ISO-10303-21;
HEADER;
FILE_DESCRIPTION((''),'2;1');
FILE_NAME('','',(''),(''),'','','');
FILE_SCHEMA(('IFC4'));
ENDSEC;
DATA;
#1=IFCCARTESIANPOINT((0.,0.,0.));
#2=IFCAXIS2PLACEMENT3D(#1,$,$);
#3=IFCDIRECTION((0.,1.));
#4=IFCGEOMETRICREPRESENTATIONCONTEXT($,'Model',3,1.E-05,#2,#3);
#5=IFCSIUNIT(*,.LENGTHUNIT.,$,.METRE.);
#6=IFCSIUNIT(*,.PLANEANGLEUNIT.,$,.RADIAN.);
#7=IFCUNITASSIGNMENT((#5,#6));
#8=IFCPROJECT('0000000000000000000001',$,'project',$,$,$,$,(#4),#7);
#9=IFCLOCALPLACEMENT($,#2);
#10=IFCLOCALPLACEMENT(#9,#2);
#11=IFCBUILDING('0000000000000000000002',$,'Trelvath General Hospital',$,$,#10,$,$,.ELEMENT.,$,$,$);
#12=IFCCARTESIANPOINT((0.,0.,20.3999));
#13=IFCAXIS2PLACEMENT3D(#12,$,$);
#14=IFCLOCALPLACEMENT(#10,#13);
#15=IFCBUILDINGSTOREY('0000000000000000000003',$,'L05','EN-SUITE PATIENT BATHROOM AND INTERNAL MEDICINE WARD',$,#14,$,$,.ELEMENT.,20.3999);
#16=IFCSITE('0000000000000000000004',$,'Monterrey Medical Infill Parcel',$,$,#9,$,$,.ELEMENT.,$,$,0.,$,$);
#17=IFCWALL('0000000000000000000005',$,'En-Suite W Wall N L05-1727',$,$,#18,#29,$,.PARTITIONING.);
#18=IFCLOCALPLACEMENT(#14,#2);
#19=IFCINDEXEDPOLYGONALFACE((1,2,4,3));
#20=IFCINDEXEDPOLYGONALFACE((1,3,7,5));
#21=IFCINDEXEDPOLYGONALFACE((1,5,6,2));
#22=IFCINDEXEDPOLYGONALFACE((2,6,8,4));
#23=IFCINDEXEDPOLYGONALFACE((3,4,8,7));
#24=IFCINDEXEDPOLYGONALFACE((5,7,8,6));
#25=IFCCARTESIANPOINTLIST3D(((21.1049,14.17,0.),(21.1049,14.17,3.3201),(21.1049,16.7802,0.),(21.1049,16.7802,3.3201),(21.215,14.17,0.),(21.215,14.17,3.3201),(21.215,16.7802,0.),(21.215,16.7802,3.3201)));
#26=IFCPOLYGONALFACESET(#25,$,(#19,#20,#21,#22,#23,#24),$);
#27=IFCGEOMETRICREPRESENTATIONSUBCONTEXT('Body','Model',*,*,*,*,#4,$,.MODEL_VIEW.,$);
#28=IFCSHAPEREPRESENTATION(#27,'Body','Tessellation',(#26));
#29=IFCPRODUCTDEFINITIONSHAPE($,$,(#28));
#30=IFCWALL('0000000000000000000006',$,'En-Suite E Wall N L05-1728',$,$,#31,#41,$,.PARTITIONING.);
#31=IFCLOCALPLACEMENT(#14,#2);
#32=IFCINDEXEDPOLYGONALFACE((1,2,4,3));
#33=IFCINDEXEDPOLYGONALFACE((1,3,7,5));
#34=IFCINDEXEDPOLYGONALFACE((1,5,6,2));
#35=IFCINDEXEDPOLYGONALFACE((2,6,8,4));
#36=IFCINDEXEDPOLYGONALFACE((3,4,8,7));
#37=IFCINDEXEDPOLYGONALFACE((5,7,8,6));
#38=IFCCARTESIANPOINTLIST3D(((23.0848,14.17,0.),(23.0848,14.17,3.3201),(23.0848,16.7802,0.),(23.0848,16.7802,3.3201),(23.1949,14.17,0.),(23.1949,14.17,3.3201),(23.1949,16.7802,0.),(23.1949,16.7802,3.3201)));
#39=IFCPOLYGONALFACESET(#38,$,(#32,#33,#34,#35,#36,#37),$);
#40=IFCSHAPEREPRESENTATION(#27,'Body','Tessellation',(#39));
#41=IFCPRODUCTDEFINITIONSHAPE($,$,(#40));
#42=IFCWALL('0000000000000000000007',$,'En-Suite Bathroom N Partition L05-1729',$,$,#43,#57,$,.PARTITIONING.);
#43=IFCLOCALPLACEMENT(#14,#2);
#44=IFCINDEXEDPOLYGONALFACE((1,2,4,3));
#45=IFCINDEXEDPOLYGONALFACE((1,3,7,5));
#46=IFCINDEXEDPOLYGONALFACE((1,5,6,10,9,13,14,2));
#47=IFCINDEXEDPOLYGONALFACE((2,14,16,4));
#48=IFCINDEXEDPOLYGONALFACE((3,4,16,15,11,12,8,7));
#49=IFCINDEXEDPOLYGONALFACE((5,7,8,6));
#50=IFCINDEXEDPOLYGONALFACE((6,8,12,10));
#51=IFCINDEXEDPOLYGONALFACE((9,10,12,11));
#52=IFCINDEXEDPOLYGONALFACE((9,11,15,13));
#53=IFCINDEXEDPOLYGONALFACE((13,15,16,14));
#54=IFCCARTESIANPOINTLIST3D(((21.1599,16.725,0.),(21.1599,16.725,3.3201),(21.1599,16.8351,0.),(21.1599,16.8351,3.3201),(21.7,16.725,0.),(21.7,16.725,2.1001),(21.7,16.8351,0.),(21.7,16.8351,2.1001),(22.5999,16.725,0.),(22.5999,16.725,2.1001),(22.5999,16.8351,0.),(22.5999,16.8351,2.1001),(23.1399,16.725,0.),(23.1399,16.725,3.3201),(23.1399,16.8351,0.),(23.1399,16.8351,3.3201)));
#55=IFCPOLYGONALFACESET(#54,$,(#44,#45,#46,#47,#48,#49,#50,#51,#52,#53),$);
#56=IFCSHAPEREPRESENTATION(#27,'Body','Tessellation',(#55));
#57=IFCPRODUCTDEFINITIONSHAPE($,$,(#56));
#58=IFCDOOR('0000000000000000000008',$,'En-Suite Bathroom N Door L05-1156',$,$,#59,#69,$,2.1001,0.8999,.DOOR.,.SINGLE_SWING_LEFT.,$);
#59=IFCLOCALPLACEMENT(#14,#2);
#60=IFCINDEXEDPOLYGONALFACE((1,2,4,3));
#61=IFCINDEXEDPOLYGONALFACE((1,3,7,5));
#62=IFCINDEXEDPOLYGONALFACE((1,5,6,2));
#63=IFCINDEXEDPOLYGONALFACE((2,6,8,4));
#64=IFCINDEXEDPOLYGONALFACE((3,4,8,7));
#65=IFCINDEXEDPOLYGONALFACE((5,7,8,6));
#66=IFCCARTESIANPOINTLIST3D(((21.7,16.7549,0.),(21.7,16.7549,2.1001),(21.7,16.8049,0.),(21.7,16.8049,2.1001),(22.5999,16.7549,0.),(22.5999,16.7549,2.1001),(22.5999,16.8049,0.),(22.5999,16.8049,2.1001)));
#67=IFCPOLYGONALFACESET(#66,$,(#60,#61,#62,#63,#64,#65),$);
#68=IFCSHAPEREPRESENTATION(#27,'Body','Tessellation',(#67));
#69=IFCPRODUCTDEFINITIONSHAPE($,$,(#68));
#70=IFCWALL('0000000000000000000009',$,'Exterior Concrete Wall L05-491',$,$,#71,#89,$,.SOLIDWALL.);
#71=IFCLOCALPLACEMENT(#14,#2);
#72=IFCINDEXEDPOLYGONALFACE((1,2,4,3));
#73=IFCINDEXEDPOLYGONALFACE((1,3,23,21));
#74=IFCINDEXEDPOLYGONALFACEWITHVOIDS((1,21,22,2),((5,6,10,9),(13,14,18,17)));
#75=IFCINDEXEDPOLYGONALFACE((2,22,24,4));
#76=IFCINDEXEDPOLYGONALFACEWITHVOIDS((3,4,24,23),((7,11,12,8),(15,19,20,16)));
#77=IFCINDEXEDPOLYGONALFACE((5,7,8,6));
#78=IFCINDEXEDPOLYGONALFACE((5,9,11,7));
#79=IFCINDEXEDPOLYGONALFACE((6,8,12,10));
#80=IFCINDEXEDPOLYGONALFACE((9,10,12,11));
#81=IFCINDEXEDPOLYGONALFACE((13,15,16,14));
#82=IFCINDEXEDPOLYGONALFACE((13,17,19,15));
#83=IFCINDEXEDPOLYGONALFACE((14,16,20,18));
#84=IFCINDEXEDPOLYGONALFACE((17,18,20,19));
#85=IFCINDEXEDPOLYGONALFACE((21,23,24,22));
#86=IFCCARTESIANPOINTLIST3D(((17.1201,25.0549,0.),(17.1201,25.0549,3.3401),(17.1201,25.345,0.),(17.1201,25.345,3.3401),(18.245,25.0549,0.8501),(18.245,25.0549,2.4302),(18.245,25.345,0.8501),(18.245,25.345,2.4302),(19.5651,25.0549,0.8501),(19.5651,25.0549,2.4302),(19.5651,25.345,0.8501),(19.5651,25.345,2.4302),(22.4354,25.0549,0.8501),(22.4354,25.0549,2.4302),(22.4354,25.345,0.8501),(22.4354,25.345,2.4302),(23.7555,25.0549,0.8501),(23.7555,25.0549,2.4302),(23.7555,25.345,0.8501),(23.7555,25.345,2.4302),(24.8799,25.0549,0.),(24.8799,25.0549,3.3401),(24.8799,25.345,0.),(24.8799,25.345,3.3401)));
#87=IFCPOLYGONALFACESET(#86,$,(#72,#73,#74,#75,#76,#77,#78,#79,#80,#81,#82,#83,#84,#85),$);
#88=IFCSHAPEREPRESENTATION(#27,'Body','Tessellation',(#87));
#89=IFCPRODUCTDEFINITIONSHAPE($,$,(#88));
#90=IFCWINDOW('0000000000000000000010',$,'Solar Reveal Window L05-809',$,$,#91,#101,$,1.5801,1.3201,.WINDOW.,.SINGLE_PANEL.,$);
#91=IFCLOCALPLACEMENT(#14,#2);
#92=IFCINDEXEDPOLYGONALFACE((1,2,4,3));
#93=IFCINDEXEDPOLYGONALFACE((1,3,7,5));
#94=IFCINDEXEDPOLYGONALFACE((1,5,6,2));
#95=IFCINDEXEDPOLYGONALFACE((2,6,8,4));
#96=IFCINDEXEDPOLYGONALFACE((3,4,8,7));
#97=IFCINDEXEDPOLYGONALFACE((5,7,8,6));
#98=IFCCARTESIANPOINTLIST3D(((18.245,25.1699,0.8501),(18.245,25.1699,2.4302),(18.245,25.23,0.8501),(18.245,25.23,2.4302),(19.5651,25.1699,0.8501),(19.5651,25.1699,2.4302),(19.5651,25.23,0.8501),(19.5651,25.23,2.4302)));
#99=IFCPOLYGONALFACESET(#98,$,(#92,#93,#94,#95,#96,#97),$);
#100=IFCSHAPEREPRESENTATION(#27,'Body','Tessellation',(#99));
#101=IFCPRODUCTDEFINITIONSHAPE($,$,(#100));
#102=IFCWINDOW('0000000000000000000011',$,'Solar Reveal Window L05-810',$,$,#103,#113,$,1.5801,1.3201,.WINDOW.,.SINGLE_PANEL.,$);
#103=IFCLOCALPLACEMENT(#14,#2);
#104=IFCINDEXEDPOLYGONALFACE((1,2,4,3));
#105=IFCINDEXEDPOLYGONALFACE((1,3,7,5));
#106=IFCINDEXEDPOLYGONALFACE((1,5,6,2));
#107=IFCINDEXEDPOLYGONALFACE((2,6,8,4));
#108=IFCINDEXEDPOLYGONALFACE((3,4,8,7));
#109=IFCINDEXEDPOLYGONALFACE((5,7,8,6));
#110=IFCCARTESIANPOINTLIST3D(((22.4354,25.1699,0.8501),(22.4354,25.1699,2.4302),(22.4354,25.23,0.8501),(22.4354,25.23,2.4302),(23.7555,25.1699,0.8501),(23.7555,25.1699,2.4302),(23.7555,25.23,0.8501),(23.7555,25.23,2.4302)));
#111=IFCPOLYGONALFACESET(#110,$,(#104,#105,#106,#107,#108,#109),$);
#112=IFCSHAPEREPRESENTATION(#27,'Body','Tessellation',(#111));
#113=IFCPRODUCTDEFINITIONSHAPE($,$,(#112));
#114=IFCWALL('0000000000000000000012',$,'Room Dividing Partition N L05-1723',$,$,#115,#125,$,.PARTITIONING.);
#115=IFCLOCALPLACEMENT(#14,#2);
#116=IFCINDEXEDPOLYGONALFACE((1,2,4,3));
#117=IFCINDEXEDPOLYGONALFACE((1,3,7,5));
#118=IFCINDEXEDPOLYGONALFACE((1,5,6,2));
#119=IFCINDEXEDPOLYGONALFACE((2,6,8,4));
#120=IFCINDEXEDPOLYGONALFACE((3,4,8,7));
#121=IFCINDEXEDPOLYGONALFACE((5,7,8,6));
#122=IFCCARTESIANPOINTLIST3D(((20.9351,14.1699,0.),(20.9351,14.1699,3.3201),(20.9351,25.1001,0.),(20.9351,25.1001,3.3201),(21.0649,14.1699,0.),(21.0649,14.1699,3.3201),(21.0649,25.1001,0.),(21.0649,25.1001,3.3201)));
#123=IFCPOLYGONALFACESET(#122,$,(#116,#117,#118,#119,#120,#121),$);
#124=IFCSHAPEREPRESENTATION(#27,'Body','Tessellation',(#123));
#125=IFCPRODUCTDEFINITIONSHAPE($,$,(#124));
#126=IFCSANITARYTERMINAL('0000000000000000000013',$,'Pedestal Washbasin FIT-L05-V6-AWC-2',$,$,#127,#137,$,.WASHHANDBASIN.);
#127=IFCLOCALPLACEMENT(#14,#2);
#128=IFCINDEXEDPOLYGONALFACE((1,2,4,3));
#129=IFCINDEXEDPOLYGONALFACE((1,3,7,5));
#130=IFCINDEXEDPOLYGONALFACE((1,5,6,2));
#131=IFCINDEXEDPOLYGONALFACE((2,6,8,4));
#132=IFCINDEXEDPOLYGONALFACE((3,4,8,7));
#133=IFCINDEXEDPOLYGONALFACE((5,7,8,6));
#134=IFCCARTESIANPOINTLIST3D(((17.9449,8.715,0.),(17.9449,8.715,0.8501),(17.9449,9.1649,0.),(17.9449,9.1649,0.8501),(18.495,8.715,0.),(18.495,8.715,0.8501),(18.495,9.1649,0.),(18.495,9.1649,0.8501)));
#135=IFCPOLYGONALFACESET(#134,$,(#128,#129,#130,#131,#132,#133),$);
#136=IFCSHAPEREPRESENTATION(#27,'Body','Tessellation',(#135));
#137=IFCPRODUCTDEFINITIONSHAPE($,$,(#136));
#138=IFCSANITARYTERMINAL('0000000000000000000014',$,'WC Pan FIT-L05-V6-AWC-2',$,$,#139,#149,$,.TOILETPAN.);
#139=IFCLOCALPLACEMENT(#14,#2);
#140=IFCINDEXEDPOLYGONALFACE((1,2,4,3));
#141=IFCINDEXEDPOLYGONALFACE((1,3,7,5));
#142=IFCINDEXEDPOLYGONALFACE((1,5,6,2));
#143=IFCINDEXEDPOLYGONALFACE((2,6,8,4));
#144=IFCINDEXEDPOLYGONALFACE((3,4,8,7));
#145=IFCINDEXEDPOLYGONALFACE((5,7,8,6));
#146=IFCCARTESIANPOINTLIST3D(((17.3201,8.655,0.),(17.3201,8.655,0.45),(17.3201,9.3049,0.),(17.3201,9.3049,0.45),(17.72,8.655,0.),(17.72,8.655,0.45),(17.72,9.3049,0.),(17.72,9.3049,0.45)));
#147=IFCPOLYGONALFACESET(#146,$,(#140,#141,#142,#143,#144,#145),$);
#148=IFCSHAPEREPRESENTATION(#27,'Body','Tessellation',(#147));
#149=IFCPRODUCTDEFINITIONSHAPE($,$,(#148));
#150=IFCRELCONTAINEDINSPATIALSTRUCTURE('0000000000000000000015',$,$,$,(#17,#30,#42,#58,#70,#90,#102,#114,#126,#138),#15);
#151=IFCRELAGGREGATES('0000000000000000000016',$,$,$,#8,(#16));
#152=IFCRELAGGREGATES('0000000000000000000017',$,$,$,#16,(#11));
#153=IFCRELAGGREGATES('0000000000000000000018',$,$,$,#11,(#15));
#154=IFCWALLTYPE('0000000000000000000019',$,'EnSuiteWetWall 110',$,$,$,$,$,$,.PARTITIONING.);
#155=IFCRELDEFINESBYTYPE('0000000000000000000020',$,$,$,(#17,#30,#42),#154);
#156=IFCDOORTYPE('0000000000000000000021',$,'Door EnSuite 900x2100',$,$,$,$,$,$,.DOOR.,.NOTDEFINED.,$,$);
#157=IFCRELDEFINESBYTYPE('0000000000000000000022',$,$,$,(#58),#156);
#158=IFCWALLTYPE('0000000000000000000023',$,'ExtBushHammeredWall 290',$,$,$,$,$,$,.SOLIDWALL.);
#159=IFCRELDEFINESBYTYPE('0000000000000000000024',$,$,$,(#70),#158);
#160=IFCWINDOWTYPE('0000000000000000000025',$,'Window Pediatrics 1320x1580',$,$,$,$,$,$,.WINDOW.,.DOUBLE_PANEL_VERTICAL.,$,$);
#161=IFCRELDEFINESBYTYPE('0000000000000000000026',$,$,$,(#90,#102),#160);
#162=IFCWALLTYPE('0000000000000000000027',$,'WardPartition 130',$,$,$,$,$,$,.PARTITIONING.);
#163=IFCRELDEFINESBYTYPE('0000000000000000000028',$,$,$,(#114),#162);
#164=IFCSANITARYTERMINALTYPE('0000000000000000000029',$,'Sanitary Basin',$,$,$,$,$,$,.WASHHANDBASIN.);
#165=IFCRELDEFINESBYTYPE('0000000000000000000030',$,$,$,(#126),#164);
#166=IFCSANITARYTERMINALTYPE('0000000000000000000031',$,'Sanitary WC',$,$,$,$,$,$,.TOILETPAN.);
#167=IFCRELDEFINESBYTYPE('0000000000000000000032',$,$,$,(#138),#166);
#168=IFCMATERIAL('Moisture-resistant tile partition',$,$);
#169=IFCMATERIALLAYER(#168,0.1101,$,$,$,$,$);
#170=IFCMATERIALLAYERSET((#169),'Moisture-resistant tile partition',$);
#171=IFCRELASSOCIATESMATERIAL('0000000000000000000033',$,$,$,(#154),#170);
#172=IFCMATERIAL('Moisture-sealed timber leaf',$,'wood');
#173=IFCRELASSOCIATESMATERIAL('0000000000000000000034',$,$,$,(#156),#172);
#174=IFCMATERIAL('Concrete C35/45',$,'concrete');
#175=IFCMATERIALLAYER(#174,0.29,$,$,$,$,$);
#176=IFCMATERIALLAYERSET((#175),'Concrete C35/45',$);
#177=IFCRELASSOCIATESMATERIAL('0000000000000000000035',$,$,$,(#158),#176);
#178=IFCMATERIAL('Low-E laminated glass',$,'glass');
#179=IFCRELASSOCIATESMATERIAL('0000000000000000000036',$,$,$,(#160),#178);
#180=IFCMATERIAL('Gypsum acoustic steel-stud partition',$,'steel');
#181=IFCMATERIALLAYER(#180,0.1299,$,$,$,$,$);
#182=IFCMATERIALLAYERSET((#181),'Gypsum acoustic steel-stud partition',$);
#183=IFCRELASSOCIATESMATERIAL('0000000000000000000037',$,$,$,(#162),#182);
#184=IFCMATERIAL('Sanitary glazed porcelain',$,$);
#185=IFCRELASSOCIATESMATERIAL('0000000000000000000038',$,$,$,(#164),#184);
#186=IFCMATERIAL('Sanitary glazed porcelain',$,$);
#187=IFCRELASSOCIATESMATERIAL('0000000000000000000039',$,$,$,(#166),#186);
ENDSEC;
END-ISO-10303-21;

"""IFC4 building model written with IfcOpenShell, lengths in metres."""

from ifc_helpers import new_model, si_unit, direction, frame, frame_2d, origin, origin_2d, place, context, subcontext, project, spatial, rectangle, extrude, material, layer, layer_set, type_object, element, fill, save


model = new_model("IFC4")

# Units and contexts
model_context = context("Model", 3, precision=1e-05, world=origin(), true_north=direction((0.0, 1.0)))
body_context = subcontext(model_context, "Body", "Model", "MODEL_VIEW")
ifc_project = project(units=[si_unit("LENGTHUNIT", "METRE"), si_unit("PLANEANGLEUNIT", "RADIAN")], contexts=[model_context])

# Site, building, storey
site_placement = place(None, origin())
site = spatial("IfcSite", under=ifc_project, at=site_placement, Name="Monterrey Medical Infill Parcel", CompositionType="ELEMENT", RefElevation=0.0)
building_placement = place(site_placement, origin())
building = spatial("IfcBuilding", under=site, at=building_placement, Name="Trelvath General Hospital", CompositionType="ELEMENT")
storey_placement = place(building_placement, frame((0.0, 0.0, 20.3999)))
storey = spatial("IfcBuildingStorey", under=building, at=storey_placement, Name="L05", Description="EN-SUITE PATIENT BATHROOM AND INTERNAL MEDICINE WARD", CompositionType="ELEMENT", Elevation=20.3999)

# Shared definitions
ifc_material_1 = material(Name="Moisture-resistant tile partition")
ifc_layer_1 = layer(ifc_material_1, 0.1101)
ifc_layer_set_1 = layer_set([ifc_layer_1], Name="Moisture-resistant tile partition")
wall_type_1 = type_object("IfcWallType", Name="EnSuiteWetWall 110", PredefinedType="PARTITIONING", material=ifc_layer_set_1)

# Shared definitions
ifc_material_2 = material(Name="Moisture-sealed timber leaf", Category="wood")
door_type_1 = type_object("IfcDoorType", Name="Door EnSuite 900x2100", OperationType="NOTDEFINED", PredefinedType="DOOR", material=ifc_material_2)

# Walls
for number, where, z_axis, x_axis, name in (
    (1, (21.1599, 14.1699, 0.0), (0.0, 0.0, 1.0), (0.0, 1.0, 0.0), "En-Suite W Wall N L05-1727"),
    (2, (23.1399, 14.1699, 0.0), (0.0, 0.0, 1.0), (0.0, 1.0, 0.0), "En-Suite E Wall N L05-1728"),
):
    element("IfcWall", number, at=place(storey_placement, frame(where, z_axis=z_axis, x_axis=x_axis)), inside=storey, type_object=wall_type_1, Name=name, PredefinedType="PARTITIONING", context=body_context, shape_type="SweptSolid", body=[
        extrude(rectangle(XDim=2.6101, YDim=0.1101, at=frame_2d((1.3052, 0.0))), origin(), (0.0, 0.0, 1.0), 3.3201),
    ])

# Wall, opening, door
wall_1_placement = place(storey_placement, frame((21.1599, 16.78, 0.0), z_axis=(0.0, 0.0, 1.0), x_axis=(1.0, 0.0, 0.0)))
wall_1 = element("IfcWall", 3, at=wall_1_placement, inside=storey, type_object=wall_type_1, Name="En-Suite Bathroom N Partition L05-1729", PredefinedType="PARTITIONING", context=body_context, shape_type="SweptSolid", body=[
    extrude(rectangle(XDim=1.98, YDim=0.1101, at=frame_2d((0.99, 0.0))), origin(), (0.0, 0.0, 1.0), 3.3201),
])
opening_1_placement = place(wall_1_placement, frame((0.54, 0.0, 0.0)))
opening_1 = element("IfcOpeningElement", 4, at=opening_1_placement, cuts=wall_1, PredefinedType="OPENING", context=body_context, shape_type="SweptSolid", body=[
    extrude(rectangle(XDim=0.8999, YDim=2.1001, at=frame_2d((0.45, 1.05))), frame((0.0, 0.0649, 0.0), z_axis=(0.0, -1.0, 0.0), x_axis=(1.0, 0.0, 0.0)), (0.0, 0.0, 1.0), 0.1301),
])
door_1_placement = place(opening_1_placement, origin())
door_1 = element("IfcDoor", 5, at=door_1_placement, inside=storey, type_object=door_type_1, Name="En-Suite Bathroom N Door L05-1156", OperationType="SINGLE_SWING_LEFT", OverallHeight=2.1001, OverallWidth=0.8999, PredefinedType="DOOR", context=body_context, shape_type="SweptSolid", body=[
    extrude(rectangle(XDim=0.8999, YDim=2.1001, at=frame_2d((0.45, 1.05))), frame((0.0, 0.0249, 0.0), z_axis=(0.0, -1.0, 0.0), x_axis=(1.0, 0.0, 0.0)), (0.0, 0.0, 1.0), 0.05),
])
fill(opening_1, door_1)

# Wall, openings, windows
ifc_material_3 = material(Name="Concrete C35/45", Category="concrete")
ifc_layer_2 = layer(ifc_material_3, 0.29)
ifc_layer_set_2 = layer_set([ifc_layer_2], Name="Concrete C35/45")
wall_type_2 = type_object("IfcWallType", Name="ExtBushHammeredWall 290", PredefinedType="SOLIDWALL", material=ifc_layer_set_2)
wall_2_placement = place(storey_placement, frame((17.1201, 25.2, 0.0), z_axis=(0.0, 0.0, 1.0), x_axis=(1.0, 0.0, 0.0)))
wall_2 = element("IfcWall", 6, at=wall_2_placement, inside=storey, type_object=wall_type_2, Name="Exterior Concrete Wall L05-491", PredefinedType="SOLIDWALL", context=body_context, shape_type="SweptSolid", body=[
    extrude(rectangle(XDim=7.7598, YDim=0.29, at=frame_2d((3.8799, 0.0))), origin(), (0.0, 0.0, 1.0), 3.3401),
])
opening_2_placement = place(wall_2_placement, frame((1.1248, 0.0, 0.8501)))
opening_2 = element("IfcOpeningElement", 7, at=opening_2_placement, cuts=wall_2, PredefinedType="OPENING", context=body_context, shape_type="SweptSolid", body=[
    extrude(rectangle(XDim=1.3201, YDim=1.5801, at=frame_2d((0.6602, 0.79))), frame((0.0, 0.155, 0.0), z_axis=(0.0, -1.0, 0.0), x_axis=(1.0, 0.0, 0.0)), (0.0, 0.0, 1.0), 0.3101),
])
opening_3_placement = place(wall_2_placement, frame((5.3152, 0.0, 0.8501)))
opening_3 = element("IfcOpeningElement", 8, at=opening_3_placement, cuts=wall_2, PredefinedType="OPENING", context=body_context, shape_type="SweptSolid", body=[
    extrude(rectangle(XDim=1.3201, YDim=1.5801, at=frame_2d((0.6602, 0.79))), frame((0.0, 0.155, 0.0), z_axis=(0.0, -1.0, 0.0), x_axis=(1.0, 0.0, 0.0)), (0.0, 0.0, 1.0), 0.3101),
])
ifc_material_4 = material(Name="Low-E laminated glass", Category="glass")
window_type = type_object("IfcWindowType", Name="Window Pediatrics 1320x1580", PartitioningType="DOUBLE_PANEL_VERTICAL", PredefinedType="WINDOW", material=ifc_material_4)
window_1_placement = place(opening_2_placement, origin())
window_1 = element("IfcWindow", 9, at=window_1_placement, inside=storey, type_object=window_type, Name="Solar Reveal Window L05-809", OverallHeight=1.5801, OverallWidth=1.3201, PartitioningType="SINGLE_PANEL", PredefinedType="WINDOW", context=body_context, shape_type="SweptSolid", body=[
    extrude(rectangle(XDim=1.3201, YDim=1.5801, at=frame_2d((0.6602, 0.79))), frame((0.0, 0.03, 0.0), z_axis=(0.0, -1.0, 0.0), x_axis=(1.0, 0.0, 0.0)), (0.0, 0.0, 1.0), 0.0601),
])
fill(opening_2, window_1)
window_2_placement = place(opening_3_placement, origin())
window_2 = element("IfcWindow", 10, at=window_2_placement, inside=storey, type_object=window_type, Name="Solar Reveal Window L05-810", OverallHeight=1.5801, OverallWidth=1.3201, PartitioningType="SINGLE_PANEL", PredefinedType="WINDOW", context=body_context, shape_type="SweptSolid", body=[
    extrude(rectangle(XDim=1.3201, YDim=1.5801, at=frame_2d((0.6602, 0.79))), frame((0.0, 0.03, 0.0), z_axis=(0.0, -1.0, 0.0), x_axis=(1.0, 0.0, 0.0)), (0.0, 0.0, 1.0), 0.0601),
])
fill(opening_3, window_2)

# Wall
ifc_material_5 = material(Name="Gypsum acoustic steel-stud partition", Category="steel")
ifc_layer_3 = layer(ifc_material_5, 0.1299)
ifc_layer_set_3 = layer_set([ifc_layer_3], Name="Gypsum acoustic steel-stud partition")
wall_type_3 = type_object("IfcWallType", Name="WardPartition 130", PredefinedType="PARTITIONING", material=ifc_layer_set_3)
wall_3_placement = place(storey_placement, frame((21.0, 14.1699, 0.0), z_axis=(0.0, 0.0, 1.0), x_axis=(0.0, 1.0, 0.0)))
element("IfcWall", 11, at=wall_3_placement, inside=storey, type_object=wall_type_3, Name="Room Dividing Partition N L05-1723", PredefinedType="PARTITIONING", context=body_context, shape_type="SweptSolid", body=[
    extrude(rectangle(XDim=10.9302, YDim=0.1299, at=frame_2d((5.4651, 0.0))), origin(), (0.0, 0.0, 1.0), 3.3201),
])

# Sanitary terminals
ifc_material_6 = material(Name="Sanitary glazed porcelain")
sanitary_terminal_type_1 = type_object("IfcSanitaryTerminalType", Name="Sanitary Basin", PredefinedType="WASHHANDBASIN", material=ifc_material_6)
sanitary_terminal_1_placement = place(storey_placement, frame((18.22, 8.9399, 0.0), z_axis=(0.0, 0.0, 1.0), x_axis=(1.0, 0.0, 0.0)))
element("IfcSanitaryTerminal", 12, at=sanitary_terminal_1_placement, inside=storey, type_object=sanitary_terminal_type_1, Name="Pedestal Washbasin FIT-L05-V6-AWC-2", PredefinedType="WASHHANDBASIN", context=body_context, shape_type="SweptSolid", body=[
    extrude(rectangle(XDim=0.55, YDim=0.45, at=origin_2d()), origin(), (0.0, 0.0, 1.0), 0.8501),
])
ifc_material_7 = material(Name="Sanitary glazed porcelain")
sanitary_terminal_type_2 = type_object("IfcSanitaryTerminalType", Name="Sanitary WC", PredefinedType="TOILETPAN", material=ifc_material_7)
sanitary_terminal_2_placement = place(storey_placement, frame((17.52, 8.98, 0.0), z_axis=(0.0, 0.0, 1.0), x_axis=(1.0, 0.0, 0.0)))
element("IfcSanitaryTerminal", 13, at=sanitary_terminal_2_placement, inside=storey, type_object=sanitary_terminal_type_2, Name="WC Pan FIT-L05-V6-AWC-2", PredefinedType="TOILETPAN", context=body_context, shape_type="SweptSolid", body=[
    extrude(rectangle(XDim=0.3999, YDim=0.6499, at=origin_2d()), origin(), (0.0, 0.0, 1.0), 0.45),
])

save(model, "model.ifc")
